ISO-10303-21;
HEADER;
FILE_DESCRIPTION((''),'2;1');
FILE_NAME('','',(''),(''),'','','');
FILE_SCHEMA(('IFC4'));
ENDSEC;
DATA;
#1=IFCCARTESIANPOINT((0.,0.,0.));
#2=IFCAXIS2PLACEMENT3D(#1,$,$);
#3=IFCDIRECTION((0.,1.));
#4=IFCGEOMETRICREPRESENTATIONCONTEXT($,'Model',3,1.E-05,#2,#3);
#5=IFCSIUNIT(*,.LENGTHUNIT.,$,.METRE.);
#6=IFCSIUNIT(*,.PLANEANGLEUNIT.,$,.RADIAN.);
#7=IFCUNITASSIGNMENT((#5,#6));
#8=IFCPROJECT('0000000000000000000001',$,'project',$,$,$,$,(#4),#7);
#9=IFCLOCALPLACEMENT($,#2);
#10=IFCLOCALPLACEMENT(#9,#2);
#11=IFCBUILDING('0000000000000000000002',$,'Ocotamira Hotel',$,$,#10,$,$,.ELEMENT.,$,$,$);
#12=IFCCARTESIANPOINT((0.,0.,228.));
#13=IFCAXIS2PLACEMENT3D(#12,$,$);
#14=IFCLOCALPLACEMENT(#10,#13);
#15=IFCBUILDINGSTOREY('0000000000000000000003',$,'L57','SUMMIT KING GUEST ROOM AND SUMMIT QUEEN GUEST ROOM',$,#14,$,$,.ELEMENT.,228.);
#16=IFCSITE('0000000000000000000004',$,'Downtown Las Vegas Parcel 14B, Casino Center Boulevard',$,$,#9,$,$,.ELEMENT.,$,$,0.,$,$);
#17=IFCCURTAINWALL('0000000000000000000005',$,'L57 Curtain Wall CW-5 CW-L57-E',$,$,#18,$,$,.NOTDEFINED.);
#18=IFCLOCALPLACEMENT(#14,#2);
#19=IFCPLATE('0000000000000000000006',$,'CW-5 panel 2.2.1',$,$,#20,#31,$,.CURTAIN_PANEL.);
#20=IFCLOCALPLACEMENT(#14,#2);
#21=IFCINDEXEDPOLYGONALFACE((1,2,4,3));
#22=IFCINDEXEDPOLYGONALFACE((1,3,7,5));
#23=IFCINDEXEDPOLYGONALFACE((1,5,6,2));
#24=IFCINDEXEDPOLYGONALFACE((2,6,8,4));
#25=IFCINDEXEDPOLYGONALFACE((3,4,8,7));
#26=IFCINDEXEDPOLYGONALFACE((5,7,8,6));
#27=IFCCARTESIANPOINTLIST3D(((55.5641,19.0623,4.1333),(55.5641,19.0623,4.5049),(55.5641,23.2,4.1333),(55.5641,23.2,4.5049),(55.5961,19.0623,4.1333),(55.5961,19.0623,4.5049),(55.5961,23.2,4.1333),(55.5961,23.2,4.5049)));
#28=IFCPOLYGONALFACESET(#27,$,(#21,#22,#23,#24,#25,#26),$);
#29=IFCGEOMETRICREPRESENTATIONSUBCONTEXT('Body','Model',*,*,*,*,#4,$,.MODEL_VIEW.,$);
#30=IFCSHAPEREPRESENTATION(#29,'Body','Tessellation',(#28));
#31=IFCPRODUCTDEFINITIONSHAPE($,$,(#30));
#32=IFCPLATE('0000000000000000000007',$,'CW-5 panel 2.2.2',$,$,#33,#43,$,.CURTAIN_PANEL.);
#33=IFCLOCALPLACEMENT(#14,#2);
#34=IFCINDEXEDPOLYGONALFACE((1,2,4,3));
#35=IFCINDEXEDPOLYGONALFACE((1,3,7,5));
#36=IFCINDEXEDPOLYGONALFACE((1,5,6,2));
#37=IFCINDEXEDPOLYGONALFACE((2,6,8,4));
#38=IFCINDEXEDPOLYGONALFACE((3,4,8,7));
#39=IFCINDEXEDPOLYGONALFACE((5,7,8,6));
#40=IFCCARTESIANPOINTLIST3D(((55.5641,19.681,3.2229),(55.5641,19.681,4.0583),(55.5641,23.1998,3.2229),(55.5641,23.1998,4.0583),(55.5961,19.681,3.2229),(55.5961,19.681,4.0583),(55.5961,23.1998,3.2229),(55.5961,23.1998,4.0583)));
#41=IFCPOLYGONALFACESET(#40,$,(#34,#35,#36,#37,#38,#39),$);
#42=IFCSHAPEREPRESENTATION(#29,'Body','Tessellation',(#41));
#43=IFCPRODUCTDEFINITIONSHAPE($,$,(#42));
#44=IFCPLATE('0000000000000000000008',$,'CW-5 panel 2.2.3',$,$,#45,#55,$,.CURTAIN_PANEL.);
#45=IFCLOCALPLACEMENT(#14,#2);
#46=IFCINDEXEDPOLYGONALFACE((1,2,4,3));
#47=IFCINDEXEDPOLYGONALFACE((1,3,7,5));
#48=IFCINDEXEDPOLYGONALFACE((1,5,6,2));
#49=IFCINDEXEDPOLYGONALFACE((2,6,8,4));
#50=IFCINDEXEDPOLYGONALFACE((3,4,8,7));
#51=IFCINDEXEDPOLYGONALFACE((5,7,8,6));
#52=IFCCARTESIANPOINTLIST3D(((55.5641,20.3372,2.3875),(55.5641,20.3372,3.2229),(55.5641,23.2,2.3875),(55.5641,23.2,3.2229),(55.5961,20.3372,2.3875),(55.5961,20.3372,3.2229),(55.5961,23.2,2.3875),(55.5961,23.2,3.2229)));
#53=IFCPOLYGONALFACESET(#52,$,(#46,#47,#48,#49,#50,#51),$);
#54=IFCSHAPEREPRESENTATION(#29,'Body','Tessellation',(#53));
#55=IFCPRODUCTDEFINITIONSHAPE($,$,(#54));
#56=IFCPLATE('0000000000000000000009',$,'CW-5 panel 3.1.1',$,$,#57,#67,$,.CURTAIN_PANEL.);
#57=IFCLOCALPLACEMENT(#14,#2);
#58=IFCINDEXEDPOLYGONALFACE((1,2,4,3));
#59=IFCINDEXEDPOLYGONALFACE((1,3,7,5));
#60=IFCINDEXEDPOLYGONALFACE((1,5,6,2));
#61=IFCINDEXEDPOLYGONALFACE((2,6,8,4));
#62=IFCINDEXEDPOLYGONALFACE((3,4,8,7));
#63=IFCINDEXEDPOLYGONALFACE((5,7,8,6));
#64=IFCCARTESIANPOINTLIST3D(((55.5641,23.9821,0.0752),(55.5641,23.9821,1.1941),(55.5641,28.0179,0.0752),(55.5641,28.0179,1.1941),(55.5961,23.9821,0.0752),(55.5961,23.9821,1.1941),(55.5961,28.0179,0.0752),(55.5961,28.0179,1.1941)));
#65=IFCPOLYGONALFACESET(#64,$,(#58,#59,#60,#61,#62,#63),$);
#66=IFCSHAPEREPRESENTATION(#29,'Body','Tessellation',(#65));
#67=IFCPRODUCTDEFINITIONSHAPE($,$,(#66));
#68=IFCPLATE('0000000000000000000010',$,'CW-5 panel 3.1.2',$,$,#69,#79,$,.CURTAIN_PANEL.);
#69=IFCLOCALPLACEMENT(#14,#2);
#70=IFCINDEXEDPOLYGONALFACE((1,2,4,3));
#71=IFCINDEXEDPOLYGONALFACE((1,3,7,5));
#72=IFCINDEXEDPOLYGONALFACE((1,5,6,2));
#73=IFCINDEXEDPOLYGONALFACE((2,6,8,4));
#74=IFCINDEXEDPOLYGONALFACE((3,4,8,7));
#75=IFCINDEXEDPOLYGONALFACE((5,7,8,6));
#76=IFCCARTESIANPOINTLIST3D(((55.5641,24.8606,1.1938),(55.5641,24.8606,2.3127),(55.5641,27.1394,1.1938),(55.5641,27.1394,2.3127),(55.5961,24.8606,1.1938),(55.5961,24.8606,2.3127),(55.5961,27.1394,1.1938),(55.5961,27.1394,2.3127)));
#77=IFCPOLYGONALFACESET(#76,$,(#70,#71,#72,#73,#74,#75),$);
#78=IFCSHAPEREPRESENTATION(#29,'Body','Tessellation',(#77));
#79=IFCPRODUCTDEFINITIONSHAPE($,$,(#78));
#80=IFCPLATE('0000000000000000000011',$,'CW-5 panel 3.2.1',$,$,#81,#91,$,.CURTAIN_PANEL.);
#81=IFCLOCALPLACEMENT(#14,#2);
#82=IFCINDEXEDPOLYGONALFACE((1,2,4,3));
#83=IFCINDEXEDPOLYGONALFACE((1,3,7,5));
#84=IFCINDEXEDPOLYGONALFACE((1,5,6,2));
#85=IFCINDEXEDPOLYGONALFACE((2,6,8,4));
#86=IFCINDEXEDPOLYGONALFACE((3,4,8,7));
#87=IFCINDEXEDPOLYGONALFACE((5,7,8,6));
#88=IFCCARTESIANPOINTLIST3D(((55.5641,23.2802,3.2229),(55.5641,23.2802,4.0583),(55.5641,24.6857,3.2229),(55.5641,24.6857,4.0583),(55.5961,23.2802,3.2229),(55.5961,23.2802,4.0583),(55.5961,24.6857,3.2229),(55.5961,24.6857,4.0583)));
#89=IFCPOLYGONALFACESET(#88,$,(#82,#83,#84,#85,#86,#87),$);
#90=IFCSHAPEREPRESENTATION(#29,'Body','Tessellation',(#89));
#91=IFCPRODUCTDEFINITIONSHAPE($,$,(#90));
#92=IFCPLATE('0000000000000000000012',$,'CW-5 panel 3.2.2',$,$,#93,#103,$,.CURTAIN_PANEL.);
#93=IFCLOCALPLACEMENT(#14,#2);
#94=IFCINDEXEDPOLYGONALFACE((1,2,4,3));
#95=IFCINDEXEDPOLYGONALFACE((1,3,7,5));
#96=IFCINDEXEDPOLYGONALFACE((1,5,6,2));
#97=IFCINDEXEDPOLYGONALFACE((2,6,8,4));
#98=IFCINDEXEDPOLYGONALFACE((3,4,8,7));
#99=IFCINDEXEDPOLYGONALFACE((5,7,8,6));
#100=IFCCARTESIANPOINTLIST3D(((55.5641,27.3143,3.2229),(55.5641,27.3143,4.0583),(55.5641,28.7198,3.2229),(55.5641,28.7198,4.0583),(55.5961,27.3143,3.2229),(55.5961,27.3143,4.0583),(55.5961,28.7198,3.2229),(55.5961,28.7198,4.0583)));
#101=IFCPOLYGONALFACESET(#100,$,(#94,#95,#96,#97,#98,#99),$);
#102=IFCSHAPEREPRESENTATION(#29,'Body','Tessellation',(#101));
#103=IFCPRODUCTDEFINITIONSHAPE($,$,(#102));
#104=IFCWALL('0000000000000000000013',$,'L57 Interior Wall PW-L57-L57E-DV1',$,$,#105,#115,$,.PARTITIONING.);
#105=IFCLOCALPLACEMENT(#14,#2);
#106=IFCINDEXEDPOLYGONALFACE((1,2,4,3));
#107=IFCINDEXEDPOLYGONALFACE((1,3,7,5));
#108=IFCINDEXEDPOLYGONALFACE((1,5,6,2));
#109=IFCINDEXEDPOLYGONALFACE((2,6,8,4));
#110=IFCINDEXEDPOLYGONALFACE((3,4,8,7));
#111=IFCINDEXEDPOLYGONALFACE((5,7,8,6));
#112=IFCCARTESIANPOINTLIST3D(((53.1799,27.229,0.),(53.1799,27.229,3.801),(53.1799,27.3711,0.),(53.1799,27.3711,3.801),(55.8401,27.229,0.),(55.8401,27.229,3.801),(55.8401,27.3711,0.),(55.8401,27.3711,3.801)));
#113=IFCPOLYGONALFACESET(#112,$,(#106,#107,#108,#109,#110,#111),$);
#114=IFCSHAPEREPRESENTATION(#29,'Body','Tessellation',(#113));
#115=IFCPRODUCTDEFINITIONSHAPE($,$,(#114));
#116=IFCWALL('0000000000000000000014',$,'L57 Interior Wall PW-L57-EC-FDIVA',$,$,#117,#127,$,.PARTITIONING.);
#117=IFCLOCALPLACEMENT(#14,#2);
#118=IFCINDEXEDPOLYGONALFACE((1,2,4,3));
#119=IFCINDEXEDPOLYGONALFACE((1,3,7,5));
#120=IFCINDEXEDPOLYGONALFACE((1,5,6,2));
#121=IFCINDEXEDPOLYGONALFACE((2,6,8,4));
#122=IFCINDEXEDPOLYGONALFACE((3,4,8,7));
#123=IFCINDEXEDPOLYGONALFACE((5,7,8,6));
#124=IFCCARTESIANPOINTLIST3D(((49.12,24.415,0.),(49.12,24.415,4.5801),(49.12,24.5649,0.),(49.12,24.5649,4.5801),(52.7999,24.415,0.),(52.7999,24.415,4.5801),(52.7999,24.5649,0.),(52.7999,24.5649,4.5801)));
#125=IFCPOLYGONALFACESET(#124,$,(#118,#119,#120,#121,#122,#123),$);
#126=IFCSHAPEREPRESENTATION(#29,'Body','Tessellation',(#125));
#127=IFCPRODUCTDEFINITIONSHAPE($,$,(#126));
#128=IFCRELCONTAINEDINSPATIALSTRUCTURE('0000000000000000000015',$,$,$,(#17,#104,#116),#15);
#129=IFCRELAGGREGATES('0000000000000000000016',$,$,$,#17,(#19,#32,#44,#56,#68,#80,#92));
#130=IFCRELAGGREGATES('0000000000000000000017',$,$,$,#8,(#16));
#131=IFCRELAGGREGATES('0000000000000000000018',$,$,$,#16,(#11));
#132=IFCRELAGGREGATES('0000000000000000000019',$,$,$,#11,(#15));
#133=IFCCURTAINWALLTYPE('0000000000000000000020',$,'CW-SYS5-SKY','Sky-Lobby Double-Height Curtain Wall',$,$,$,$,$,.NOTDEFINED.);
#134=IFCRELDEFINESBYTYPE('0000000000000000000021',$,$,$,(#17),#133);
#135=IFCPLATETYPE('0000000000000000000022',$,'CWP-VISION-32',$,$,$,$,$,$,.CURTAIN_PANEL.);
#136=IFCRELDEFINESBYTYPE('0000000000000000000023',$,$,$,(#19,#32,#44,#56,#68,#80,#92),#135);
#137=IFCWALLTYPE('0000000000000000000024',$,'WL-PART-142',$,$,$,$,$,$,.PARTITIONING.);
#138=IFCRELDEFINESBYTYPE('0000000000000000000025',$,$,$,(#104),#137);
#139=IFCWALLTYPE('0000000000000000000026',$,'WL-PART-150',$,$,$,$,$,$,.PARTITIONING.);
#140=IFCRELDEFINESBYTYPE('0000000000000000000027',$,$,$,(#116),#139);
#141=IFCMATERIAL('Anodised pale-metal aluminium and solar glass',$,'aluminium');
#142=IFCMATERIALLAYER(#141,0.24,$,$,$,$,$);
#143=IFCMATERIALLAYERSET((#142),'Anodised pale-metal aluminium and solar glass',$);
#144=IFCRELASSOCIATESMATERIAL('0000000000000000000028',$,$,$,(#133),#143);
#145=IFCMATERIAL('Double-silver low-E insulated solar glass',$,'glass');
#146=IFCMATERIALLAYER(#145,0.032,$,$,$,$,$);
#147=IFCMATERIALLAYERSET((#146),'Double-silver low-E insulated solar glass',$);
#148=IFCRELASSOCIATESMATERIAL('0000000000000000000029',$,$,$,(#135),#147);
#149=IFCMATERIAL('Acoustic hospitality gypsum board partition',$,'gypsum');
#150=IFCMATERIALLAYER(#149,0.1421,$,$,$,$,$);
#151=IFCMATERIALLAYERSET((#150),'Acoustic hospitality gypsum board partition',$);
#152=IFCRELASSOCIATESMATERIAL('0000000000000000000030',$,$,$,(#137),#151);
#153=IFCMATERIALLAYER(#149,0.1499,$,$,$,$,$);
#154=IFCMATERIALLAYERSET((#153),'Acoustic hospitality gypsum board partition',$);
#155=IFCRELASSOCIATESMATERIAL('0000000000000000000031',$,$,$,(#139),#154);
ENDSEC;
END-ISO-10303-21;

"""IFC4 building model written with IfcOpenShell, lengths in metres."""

from ifc_helpers import new_model, si_unit, direction, frame, frame_2d, origin, origin_2d, place, context, subcontext, project, spatial, rectangle, extrude, source, transform, mapped, material, layer, layer_set, type_object, element, aggregate, save


model = new_model("IFC4")

# Units and contexts
model_context = context("Model", 3, precision=1e-05, world=origin(), true_north=direction((0.0, 1.0)))
body_context = subcontext(model_context, "Body", "Model", "MODEL_VIEW")
ifc_project = project(units=[si_unit("LENGTHUNIT", "METRE"), si_unit("PLANEANGLEUNIT", "RADIAN")], contexts=[model_context])

# Site, building, storey
site_placement = place(None, origin())
site = spatial("IfcSite", under=ifc_project, at=site_placement, Name="Downtown Las Vegas Parcel 14B, Casino Center Boulevard", CompositionType="ELEMENT", RefElevation=0.0)
building_placement = place(site_placement, origin())
building = spatial("IfcBuilding", under=site, at=building_placement, Name="Ocotamira Hotel", CompositionType="ELEMENT")
storey_placement = place(building_placement, frame((0.0, 0.0, 228.0)))
storey = spatial("IfcBuildingStorey", under=building, at=storey_placement, Name="L57", Description="SUMMIT KING GUEST ROOM AND SUMMIT QUEEN GUEST ROOM", CompositionType="ELEMENT", Elevation=228.0)

# Curtain wall
ifc_material_1 = material(Name="Anodised pale-metal aluminium and solar glass", Category="aluminium")
ifc_layer_1 = layer(ifc_material_1, 0.24)
ifc_layer_set_1 = layer_set([ifc_layer_1], Name="Anodised pale-metal aluminium and solar glass")
curtain_wall_type = type_object("IfcCurtainWallType", Name="CW-SYS5-SKY", Description="Sky-Lobby Double-Height Curtain Wall", PredefinedType="NOTDEFINED", material=ifc_layer_set_1)
curtain_wall_placement = place(storey_placement, origin())
curtain_wall = element("IfcCurtainWall", 1, at=curtain_wall_placement, inside=storey, type_object=curtain_wall_type, Name="L57 Curtain Wall CW-5 CW-L57-E", PredefinedType="NOTDEFINED")

# Plates
ifc_material_2 = material(Name="Double-silver low-E insulated solar glass", Category="glass")
ifc_layer_2 = layer(ifc_material_2, 0.032)
ifc_layer_set_2 = layer_set([ifc_layer_2], Name="Double-silver low-E insulated solar glass")
plate_type_1 = type_object("IfcPlateType", Name="CWP-VISION-32", PredefinedType="CURTAIN_PANEL", material=ifc_layer_set_2)
shared_shape_1 = source(origin(), body_context, "Body", "SweptSolid", [
    extrude(rectangle(XDim=4.1377, YDim=0.032, at=origin_2d()), origin(), (0.0, 0.0, 1.0), 0.3716),
])
plate_1_placement = place(storey_placement, frame((55.5801, 21.1311, 4.1333), z_axis=(0.0, 0.0, 1.0), x_axis=(0.0, 1.0, 0.0)))
plate_1 = element("IfcPlate", 2, at=plate_1_placement, type_object=plate_type_1, Name="CW-5 panel 2.2.1", PredefinedType="CURTAIN_PANEL", context=body_context, shape_type="MappedRepresentation", body=[
    mapped(shared_shape_1, transform((0.0, 0.0, 0.0), scale=1.0)),
])
shared_shape_2 = source(origin(), body_context, "Body", "SweptSolid", [
    extrude(rectangle(XDim=3.5188, YDim=0.032, at=origin_2d()), origin(), (0.0, 0.0, 1.0), 0.8354),
])
plate_2_placement = place(storey_placement, frame((55.5801, 21.4404, 3.2229), z_axis=(0.0, 0.0, 1.0), x_axis=(0.0, 1.0, 0.0)))
plate_2 = element("IfcPlate", 3, at=plate_2_placement, type_object=plate_type_1, Name="CW-5 panel 2.2.2", PredefinedType="CURTAIN_PANEL", context=body_context, shape_type="MappedRepresentation", body=[
    mapped(shared_shape_2, transform((0.0, 0.0, 0.0), scale=1.0)),
])
shared_shape_3 = source(origin(), body_context, "Body", "SweptSolid", [
    extrude(rectangle(XDim=2.8628, YDim=0.032, at=origin_2d()), origin(), (0.0, 0.0, 1.0), 0.8354),
])
plate_3_placement = place(storey_placement, frame((55.5801, 21.7686, 2.3875), z_axis=(0.0, 0.0, 1.0), x_axis=(0.0, 1.0, 0.0)))
plate_3 = element("IfcPlate", 4, at=plate_3_placement, type_object=plate_type_1, Name="CW-5 panel 2.2.3", PredefinedType="CURTAIN_PANEL", context=body_context, shape_type="MappedRepresentation", body=[
    mapped(shared_shape_3, transform((0.0, 0.0, 0.0), scale=1.0)),
])
shared_shape_4 = source(origin(), body_context, "Body", "SweptSolid", [
    extrude(rectangle(XDim=4.0359, YDim=0.032, at=origin_2d()), origin(), (0.0, 0.0, 1.0), 1.1189),
])
plate_4_placement = place(storey_placement, frame((55.5801, 26.0, 0.0752), z_axis=(0.0, 0.0, 1.0), x_axis=(0.0, 1.0, 0.0)))
plate_4 = element("IfcPlate", 5, at=plate_4_placement, type_object=plate_type_1, Name="CW-5 panel 3.1.1", PredefinedType="CURTAIN_PANEL", context=body_context, shape_type="MappedRepresentation", body=[
    mapped(shared_shape_4, transform((0.0, 0.0, 0.0), scale=1.0)),
])
shared_shape_5 = source(origin(), body_context, "Body", "SweptSolid", [
    extrude(rectangle(XDim=2.2788, YDim=0.032, at=origin_2d()), origin(), (0.0, 0.0, 1.0), 1.1189),
])
plate_5_placement = place(storey_placement, frame((55.5801, 26.0, 1.1938), z_axis=(0.0, 0.0, 1.0), x_axis=(0.0, 1.0, 0.0)))
plate_5 = element("IfcPlate", 6, at=plate_5_placement, type_object=plate_type_1, Name="CW-5 panel 3.1.2", PredefinedType="CURTAIN_PANEL", context=body_context, shape_type="MappedRepresentation", body=[
    mapped(shared_shape_5, transform((0.0, 0.0, 0.0), scale=1.0)),
])
shared_shape_6 = source(origin(), body_context, "Body", "SweptSolid", [
    extrude(rectangle(XDim=1.4055, YDim=0.032, at=origin_2d()), origin(), (0.0, 0.0, 1.0), 0.8354),
])
plate_6_placement = place(storey_placement, frame((55.5801, 23.9829, 3.2229), z_axis=(0.0, 0.0, 1.0), x_axis=(0.0, 1.0, 0.0)))
plate_6 = element("IfcPlate", 7, at=plate_6_placement, type_object=plate_type_1, Name="CW-5 panel 3.2.1", PredefinedType="CURTAIN_PANEL", context=body_context, shape_type="MappedRepresentation", body=[
    mapped(shared_shape_6, transform((0.0, 0.0, 0.0), scale=1.0)),
])
plate_7_placement = place(storey_placement, frame((55.5801, 28.0171, 3.2229), z_axis=(0.0, 0.0, 1.0), x_axis=(0.0, 1.0, 0.0)))
plate_7 = element("IfcPlate", 8, at=plate_7_placement, type_object=plate_type_1, Name="CW-5 panel 3.2.2", PredefinedType="CURTAIN_PANEL", context=body_context, shape_type="MappedRepresentation", body=[
    mapped(shared_shape_6, transform((0.0, 0.0, 0.0), scale=1.0)),
])
aggregate(curtain_wall, [plate_1, plate_2, plate_3, plate_4, plate_5, plate_6, plate_7])

# Walls
ifc_material_3 = material(Name="Acoustic hospitality gypsum board partition", Category="gypsum")
ifc_layer_3 = layer(ifc_material_3, 0.1421)
ifc_layer_set_3 = layer_set([ifc_layer_3], Name="Acoustic hospitality gypsum board partition")
wall_type_1 = type_object("IfcWallType", Name="WL-PART-142", PredefinedType="PARTITIONING", material=ifc_layer_set_3)
wall_1_placement = place(storey_placement, frame((53.1799, 27.3, 0.0), z_axis=(0.0, 0.0, 1.0), x_axis=(1.0, 0.0, 0.0)))
element("IfcWall", 9, at=wall_1_placement, inside=storey, type_object=wall_type_1, Name="L57 Interior Wall PW-L57-L57E-DV1", PredefinedType="PARTITIONING", context=body_context, shape_type="SweptSolid", body=[
    extrude(rectangle(XDim=2.6602, YDim=0.1421, at=frame_2d((1.3301, 0.0))), origin(), (0.0, 0.0, 1.0), 3.801),
])
ifc_layer_4 = layer(ifc_material_3, 0.1499)
ifc_layer_set_4 = layer_set([ifc_layer_4], Name="Acoustic hospitality gypsum board partition")
wall_type_2 = type_object("IfcWallType", Name="WL-PART-150", PredefinedType="PARTITIONING", material=ifc_layer_set_4)
wall_2_placement = place(storey_placement, frame((49.1201, 24.49, 0.0), z_axis=(0.0, 0.0, 1.0), x_axis=(1.0, 0.0, 0.0)))
element("IfcWall", 10, at=wall_2_placement, inside=storey, type_object=wall_type_2, Name="L57 Interior Wall PW-L57-EC-FDIVA", PredefinedType="PARTITIONING", context=body_context, shape_type="SweptSolid", body=[
    extrude(rectangle(XDim=3.6799, YDim=0.1499, at=frame_2d((1.8398, 0.0))), origin(), (0.0, 0.0, 1.0), 4.5801),
])

save(model, "model.ifc")
